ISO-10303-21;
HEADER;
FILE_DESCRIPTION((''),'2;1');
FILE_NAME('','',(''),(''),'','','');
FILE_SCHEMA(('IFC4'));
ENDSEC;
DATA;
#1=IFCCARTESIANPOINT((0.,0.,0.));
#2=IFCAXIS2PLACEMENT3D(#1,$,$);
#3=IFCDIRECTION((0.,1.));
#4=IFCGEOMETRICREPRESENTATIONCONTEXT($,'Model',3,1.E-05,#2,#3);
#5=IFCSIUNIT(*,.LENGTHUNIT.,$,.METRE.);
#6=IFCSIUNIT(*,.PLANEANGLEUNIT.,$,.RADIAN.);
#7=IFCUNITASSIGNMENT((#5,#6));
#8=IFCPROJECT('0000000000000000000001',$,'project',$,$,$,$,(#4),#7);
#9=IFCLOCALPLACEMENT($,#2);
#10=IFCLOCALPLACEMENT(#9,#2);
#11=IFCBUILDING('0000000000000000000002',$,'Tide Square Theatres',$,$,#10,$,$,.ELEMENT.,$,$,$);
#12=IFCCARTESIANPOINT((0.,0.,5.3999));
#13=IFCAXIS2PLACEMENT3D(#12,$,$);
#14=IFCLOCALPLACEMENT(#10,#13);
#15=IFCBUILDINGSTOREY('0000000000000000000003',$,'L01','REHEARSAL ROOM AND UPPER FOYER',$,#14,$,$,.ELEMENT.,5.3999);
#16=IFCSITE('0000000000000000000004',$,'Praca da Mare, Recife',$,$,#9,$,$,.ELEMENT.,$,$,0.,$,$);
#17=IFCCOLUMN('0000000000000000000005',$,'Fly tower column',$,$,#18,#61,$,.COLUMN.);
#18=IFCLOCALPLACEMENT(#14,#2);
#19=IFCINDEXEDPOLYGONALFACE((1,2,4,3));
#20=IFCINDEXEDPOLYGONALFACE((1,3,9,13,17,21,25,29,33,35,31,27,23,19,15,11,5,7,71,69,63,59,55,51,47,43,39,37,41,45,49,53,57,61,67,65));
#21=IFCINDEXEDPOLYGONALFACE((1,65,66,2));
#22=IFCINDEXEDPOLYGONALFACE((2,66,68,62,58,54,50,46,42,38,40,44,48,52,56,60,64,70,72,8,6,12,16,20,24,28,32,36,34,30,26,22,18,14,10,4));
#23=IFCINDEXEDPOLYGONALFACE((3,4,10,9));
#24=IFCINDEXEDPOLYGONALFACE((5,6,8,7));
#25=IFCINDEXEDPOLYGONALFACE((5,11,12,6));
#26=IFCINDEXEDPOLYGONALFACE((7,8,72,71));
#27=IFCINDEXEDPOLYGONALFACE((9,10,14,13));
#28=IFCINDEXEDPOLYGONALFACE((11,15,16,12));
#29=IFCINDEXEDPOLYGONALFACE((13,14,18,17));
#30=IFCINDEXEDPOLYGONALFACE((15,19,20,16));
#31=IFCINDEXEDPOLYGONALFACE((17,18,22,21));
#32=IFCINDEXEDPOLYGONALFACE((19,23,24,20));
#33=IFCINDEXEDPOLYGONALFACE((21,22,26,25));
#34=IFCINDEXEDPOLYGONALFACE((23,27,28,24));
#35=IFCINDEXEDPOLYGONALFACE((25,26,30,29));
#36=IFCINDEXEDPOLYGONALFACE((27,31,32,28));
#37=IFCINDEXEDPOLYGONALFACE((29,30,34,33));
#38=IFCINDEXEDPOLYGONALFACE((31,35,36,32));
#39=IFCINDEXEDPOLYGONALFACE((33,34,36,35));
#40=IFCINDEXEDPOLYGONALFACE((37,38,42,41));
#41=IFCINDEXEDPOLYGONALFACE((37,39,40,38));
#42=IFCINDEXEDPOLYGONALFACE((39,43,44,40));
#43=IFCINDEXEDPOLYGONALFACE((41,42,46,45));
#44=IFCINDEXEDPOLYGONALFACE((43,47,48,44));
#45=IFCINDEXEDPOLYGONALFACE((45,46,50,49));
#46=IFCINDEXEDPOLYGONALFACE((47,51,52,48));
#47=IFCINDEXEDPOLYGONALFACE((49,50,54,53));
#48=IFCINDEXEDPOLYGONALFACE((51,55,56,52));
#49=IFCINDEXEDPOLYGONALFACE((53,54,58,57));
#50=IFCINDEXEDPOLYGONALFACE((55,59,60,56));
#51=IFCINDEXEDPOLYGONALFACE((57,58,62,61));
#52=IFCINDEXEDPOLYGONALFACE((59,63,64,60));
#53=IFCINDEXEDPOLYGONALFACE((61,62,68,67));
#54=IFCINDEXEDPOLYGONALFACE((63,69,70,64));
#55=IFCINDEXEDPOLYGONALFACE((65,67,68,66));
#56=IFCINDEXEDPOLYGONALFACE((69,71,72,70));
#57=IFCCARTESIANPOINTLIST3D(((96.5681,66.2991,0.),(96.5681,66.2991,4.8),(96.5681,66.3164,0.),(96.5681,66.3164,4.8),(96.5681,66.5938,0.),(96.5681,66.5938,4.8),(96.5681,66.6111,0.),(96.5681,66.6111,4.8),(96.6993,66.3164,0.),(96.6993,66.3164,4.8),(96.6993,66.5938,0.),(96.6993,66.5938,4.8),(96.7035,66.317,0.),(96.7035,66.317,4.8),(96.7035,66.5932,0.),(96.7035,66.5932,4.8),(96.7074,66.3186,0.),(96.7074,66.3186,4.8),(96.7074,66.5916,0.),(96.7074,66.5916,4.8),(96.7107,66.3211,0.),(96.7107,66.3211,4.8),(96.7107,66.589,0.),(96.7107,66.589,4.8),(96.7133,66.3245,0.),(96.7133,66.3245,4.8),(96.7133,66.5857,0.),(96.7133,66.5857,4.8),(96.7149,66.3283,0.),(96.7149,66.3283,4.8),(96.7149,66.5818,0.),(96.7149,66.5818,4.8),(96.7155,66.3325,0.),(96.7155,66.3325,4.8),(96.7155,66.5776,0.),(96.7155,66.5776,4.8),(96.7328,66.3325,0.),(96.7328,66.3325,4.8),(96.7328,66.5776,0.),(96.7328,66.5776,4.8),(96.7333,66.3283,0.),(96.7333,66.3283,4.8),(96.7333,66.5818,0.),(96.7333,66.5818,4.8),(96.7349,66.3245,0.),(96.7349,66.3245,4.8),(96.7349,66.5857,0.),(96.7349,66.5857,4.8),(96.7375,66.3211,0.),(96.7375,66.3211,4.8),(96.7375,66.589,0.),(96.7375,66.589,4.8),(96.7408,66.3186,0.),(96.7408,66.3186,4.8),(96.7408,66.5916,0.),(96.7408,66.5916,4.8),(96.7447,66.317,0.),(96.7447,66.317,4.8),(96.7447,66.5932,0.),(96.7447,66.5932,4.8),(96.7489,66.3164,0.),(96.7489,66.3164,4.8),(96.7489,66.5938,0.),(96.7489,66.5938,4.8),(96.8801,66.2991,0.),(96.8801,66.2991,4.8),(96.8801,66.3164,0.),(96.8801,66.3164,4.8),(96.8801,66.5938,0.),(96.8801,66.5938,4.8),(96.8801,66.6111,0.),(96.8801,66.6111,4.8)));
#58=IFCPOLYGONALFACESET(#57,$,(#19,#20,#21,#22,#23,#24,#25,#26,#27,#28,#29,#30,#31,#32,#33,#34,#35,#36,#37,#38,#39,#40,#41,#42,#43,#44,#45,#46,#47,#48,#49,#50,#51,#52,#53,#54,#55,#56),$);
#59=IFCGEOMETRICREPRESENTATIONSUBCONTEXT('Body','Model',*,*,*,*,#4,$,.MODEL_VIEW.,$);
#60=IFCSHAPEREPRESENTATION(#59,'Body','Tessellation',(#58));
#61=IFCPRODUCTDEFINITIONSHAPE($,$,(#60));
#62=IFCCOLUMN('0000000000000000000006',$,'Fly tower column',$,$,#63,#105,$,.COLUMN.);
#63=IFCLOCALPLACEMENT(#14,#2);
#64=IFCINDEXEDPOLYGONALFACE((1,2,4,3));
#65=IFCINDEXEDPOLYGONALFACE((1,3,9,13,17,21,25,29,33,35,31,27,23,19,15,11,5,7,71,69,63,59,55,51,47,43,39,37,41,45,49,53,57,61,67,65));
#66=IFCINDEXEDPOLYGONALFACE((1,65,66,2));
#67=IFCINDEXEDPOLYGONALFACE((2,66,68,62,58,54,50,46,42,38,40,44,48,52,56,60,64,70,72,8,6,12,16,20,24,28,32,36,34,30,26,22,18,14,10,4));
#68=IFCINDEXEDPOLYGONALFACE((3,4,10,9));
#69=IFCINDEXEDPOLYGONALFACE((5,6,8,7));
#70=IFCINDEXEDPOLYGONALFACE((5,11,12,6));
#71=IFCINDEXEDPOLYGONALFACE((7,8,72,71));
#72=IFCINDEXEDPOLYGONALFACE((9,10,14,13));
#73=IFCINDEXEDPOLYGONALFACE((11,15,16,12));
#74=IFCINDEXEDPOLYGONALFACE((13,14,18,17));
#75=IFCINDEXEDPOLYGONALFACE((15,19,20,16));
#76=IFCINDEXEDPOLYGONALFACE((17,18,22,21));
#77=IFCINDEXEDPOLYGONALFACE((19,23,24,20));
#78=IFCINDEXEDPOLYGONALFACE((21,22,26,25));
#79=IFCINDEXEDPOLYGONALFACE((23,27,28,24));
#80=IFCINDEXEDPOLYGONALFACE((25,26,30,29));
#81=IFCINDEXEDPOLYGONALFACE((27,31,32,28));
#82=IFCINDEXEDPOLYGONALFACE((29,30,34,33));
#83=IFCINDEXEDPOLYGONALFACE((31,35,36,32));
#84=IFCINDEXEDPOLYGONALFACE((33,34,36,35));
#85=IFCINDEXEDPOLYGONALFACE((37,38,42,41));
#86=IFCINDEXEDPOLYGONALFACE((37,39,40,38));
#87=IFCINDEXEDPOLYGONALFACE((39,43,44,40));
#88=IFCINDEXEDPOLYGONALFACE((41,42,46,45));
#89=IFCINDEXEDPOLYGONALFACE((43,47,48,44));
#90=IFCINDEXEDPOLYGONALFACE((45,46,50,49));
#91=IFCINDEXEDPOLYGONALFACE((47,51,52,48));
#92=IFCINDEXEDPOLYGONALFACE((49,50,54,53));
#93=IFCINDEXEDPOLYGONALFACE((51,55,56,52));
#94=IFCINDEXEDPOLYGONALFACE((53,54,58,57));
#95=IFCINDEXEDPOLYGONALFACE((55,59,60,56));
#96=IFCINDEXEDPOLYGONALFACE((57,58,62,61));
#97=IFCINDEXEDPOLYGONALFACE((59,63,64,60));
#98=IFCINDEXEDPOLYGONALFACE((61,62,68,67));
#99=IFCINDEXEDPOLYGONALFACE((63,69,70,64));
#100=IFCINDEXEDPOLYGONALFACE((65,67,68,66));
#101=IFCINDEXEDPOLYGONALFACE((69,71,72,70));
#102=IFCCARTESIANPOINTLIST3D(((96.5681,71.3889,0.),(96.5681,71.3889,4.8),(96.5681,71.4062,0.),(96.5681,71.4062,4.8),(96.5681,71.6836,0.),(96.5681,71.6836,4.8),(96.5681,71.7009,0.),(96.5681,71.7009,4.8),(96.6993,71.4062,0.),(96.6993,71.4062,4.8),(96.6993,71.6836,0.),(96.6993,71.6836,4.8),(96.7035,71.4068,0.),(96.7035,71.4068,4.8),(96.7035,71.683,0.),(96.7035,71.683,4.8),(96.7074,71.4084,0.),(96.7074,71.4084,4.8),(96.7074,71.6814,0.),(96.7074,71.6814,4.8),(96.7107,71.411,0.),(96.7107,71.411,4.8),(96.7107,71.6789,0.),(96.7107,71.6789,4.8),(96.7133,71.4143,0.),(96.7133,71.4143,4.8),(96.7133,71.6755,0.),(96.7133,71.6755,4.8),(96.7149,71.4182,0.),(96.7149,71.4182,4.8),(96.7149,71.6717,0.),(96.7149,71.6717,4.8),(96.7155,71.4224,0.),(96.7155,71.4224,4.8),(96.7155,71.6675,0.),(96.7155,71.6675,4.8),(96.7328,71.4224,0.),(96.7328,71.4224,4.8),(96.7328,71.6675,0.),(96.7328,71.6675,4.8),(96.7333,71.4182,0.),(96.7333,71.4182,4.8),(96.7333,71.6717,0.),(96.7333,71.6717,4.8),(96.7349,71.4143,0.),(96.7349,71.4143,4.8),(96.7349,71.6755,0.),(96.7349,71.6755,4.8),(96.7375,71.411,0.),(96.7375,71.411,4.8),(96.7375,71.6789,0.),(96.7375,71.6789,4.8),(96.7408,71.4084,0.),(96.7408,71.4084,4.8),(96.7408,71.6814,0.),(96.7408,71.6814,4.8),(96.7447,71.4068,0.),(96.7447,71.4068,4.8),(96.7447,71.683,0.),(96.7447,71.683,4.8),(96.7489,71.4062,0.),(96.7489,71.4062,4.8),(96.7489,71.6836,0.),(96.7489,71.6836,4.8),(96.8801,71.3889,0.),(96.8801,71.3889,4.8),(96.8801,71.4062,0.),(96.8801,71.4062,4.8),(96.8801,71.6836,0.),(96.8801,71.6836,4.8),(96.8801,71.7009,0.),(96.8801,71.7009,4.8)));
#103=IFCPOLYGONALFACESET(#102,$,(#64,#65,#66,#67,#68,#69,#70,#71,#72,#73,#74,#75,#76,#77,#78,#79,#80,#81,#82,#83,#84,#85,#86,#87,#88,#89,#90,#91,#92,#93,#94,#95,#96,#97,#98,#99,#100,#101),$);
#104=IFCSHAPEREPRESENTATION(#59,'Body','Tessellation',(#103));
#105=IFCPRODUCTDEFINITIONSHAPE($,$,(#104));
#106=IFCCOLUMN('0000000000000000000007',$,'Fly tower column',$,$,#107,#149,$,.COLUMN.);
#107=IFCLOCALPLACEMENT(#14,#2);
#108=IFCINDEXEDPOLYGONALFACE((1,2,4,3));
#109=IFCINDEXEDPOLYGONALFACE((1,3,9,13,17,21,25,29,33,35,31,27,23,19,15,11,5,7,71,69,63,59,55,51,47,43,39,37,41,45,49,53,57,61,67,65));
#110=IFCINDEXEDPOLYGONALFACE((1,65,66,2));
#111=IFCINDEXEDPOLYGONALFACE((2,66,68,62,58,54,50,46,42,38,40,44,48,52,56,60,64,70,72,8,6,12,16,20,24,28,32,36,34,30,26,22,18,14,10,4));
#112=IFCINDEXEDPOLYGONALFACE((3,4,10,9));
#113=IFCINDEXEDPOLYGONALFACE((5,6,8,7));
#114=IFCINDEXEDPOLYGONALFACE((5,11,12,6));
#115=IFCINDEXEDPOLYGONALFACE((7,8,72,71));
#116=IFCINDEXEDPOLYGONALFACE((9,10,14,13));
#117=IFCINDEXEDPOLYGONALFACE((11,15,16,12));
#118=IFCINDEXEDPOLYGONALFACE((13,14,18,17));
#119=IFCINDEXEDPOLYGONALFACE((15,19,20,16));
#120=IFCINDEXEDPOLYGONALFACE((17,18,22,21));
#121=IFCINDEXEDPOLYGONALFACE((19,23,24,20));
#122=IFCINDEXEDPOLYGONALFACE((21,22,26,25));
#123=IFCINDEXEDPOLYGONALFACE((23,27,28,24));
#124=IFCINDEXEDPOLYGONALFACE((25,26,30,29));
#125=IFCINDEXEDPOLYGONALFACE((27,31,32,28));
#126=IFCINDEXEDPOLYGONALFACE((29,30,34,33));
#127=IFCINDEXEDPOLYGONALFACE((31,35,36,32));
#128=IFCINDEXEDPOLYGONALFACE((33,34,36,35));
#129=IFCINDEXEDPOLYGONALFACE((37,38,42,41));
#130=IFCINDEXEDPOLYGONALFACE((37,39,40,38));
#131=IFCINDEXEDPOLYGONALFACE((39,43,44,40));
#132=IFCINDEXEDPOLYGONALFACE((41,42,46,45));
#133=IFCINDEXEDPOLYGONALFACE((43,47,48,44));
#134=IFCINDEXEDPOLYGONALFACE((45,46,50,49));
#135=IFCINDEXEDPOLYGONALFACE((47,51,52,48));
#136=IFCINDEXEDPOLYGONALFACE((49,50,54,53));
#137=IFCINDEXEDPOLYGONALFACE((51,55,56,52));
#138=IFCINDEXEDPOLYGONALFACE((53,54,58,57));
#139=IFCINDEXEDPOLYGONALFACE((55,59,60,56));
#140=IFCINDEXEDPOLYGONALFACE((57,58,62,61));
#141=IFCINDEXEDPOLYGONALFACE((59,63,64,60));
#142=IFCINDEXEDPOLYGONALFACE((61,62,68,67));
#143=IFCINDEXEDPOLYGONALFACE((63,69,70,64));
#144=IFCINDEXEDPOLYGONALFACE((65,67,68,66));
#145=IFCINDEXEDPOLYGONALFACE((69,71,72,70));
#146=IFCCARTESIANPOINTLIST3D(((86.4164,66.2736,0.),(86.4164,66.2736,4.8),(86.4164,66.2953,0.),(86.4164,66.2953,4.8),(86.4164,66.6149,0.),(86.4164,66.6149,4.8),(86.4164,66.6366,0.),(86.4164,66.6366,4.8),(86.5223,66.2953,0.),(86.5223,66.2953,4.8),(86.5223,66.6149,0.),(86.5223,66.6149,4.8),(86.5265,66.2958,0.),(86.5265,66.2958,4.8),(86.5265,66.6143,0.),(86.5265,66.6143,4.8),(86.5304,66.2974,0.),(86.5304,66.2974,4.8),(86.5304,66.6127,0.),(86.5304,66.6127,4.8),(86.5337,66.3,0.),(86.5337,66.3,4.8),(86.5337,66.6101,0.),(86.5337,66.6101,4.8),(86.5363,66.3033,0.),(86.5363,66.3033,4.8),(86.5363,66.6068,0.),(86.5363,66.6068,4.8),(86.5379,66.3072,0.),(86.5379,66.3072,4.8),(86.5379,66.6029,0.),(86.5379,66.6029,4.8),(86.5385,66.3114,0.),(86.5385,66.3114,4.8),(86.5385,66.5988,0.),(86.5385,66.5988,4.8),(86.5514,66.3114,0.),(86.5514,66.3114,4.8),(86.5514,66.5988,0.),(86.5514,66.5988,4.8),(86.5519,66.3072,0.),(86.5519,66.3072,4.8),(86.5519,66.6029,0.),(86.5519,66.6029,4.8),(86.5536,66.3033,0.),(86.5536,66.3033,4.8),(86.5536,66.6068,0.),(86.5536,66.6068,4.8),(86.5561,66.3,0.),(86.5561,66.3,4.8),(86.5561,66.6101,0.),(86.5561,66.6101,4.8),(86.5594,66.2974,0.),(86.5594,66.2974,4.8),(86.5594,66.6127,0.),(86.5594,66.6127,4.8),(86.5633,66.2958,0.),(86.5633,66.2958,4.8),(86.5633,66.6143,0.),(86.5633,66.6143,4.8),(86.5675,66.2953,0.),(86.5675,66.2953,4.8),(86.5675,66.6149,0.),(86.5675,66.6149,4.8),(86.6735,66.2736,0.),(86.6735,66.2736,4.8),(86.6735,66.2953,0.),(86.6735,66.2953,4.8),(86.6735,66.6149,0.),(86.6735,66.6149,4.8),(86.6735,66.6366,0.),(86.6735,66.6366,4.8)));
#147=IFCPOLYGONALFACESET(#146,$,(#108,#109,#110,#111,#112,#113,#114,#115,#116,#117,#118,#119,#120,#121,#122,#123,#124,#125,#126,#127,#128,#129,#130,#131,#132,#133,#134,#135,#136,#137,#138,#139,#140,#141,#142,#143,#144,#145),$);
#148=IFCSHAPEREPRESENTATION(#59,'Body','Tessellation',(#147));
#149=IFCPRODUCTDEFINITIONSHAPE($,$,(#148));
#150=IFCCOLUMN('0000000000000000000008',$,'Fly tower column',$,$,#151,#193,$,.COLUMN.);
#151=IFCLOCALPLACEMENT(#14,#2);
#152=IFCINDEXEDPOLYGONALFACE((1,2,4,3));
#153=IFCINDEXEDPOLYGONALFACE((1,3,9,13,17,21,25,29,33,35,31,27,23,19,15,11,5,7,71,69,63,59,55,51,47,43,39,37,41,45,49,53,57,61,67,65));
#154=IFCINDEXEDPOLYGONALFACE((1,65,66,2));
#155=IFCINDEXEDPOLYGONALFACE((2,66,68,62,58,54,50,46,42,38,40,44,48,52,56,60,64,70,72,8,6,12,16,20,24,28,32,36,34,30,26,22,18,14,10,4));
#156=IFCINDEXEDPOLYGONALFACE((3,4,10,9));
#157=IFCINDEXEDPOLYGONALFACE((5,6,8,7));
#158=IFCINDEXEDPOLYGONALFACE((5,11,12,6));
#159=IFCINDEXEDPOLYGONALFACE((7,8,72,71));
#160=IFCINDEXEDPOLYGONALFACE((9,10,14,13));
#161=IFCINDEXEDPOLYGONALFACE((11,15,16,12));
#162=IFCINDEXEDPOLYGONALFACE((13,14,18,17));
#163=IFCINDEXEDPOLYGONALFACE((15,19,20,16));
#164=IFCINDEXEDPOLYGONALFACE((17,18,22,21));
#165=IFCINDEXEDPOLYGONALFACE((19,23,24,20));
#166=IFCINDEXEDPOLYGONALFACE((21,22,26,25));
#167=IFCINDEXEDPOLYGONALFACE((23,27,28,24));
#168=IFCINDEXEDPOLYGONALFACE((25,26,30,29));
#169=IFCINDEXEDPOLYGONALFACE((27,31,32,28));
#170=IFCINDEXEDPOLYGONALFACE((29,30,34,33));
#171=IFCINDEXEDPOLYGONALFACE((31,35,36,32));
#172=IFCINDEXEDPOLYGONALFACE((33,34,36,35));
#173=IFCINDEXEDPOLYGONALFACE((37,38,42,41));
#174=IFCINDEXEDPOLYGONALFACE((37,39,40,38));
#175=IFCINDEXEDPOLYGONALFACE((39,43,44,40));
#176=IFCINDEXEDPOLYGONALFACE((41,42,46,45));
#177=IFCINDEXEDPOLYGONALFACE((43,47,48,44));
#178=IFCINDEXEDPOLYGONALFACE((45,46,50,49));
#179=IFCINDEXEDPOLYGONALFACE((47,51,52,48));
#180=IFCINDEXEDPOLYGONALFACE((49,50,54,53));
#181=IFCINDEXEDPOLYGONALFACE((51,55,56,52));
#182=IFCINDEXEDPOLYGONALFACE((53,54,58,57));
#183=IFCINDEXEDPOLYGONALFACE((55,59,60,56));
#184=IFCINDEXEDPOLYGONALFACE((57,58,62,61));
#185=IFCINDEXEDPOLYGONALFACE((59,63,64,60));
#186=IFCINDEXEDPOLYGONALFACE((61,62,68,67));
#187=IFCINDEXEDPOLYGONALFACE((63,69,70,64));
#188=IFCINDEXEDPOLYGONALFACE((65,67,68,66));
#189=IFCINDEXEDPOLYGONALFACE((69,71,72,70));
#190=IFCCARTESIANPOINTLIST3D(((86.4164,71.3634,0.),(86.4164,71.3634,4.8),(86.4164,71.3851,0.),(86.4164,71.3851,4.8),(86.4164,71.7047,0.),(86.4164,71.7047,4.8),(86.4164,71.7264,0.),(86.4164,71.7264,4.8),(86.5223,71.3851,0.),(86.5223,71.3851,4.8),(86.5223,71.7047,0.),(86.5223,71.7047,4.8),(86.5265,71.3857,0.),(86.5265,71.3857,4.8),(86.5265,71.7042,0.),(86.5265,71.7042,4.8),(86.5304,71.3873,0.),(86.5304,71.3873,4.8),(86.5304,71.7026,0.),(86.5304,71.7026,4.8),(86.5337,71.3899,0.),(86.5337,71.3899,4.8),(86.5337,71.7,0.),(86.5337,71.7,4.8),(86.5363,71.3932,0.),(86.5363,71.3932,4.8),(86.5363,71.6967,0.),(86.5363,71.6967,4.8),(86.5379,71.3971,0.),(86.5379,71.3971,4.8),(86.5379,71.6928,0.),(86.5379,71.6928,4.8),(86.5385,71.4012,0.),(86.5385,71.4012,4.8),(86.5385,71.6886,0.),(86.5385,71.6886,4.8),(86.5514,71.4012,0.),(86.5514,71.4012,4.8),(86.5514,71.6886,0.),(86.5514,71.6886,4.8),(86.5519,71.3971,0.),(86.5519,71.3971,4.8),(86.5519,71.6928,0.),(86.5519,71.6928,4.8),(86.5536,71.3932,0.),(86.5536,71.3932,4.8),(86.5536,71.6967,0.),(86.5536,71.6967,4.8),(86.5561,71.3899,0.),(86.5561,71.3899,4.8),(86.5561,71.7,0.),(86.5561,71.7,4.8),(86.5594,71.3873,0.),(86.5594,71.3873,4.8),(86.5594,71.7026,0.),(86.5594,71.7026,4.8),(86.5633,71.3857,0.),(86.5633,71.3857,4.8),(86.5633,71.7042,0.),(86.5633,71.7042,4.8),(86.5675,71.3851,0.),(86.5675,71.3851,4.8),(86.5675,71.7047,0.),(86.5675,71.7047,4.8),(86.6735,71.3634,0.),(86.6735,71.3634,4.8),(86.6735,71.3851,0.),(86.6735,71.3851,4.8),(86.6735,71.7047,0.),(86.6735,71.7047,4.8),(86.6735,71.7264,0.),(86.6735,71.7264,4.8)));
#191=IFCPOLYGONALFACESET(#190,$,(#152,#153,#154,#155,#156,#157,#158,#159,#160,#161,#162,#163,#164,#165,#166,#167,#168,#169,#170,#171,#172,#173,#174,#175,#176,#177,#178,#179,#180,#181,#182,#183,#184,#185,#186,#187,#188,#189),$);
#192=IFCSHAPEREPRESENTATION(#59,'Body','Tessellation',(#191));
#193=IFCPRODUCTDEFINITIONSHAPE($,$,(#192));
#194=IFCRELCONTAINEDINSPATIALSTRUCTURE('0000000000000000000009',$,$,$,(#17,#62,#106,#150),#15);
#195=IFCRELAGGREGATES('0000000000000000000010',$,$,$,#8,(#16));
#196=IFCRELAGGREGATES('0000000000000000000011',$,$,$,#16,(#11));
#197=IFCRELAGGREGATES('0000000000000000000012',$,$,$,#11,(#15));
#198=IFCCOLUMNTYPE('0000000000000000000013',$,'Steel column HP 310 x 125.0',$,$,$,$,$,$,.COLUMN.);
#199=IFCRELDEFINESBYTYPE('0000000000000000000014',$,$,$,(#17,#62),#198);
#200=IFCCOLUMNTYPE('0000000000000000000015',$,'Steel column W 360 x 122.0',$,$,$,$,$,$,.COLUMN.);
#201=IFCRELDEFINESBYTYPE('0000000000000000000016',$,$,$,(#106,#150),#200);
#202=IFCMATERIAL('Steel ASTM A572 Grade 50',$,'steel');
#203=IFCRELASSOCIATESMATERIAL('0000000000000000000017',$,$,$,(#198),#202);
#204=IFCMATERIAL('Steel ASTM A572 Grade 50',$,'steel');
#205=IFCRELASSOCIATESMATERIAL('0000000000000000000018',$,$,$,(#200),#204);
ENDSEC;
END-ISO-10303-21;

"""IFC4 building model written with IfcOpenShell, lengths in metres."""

from ifc_helpers import new_model, si_unit, direction, frame, origin, origin_2d, place, context, subcontext, project, spatial, i_section, extrude, material, material_profile, profile_set, type_object, element, save


model = new_model("IFC4")

# Units and contexts
model_context = context("Model", 3, precision=1e-05, world=origin(), true_north=direction((0.0, 1.0)))
body_context = subcontext(model_context, "Body", "Model", "MODEL_VIEW")
ifc_project = project(units=[si_unit("LENGTHUNIT", "METRE"), si_unit("PLANEANGLEUNIT", "RADIAN")], contexts=[model_context])

# Site, building, storey
site_placement = place(None, origin())
site = spatial("IfcSite", under=ifc_project, at=site_placement, Name="Praca da Mare, Recife", CompositionType="ELEMENT", RefElevation=0.0)
building_placement = place(site_placement, origin())
building = spatial("IfcBuilding", under=site, at=building_placement, Name="Tide Square Theatres", CompositionType="ELEMENT")
storey_placement = place(building_placement, frame((0.0, 0.0, 5.3999)))
storey = spatial("IfcBuildingStorey", under=building, at=storey_placement, Name="L01", Description="REHEARSAL ROOM AND UPPER FOYER", CompositionType="ELEMENT", Elevation=5.3999)

# Columns
ifc_material_1 = material(Name="Steel ASTM A572 Grade 50", Category="steel")
ifc_material_profile_1 = material_profile(ifc_material_1, i_section(OverallWidth=0.312, OverallDepth=0.312, WebThickness=0.0173, FlangeThickness=0.0173, FilletRadius=0.0161, at=origin_2d()))
ifc_profile_set_1 = profile_set([ifc_material_profile_1], Name="Steel ASTM A572 Grade 50")
column_type_1 = type_object("IfcColumnType", Name="Steel column HP 310 x 125.0", PredefinedType="COLUMN", material=ifc_profile_set_1)
for number, where, z_axis, x_axis, name in (
    (1, (96.7241, 66.4551, 0.0), (0.0, 0.0, 1.0), (1.0, 0.0, 0.0), "Fly tower column"),
    (2, (96.7241, 71.5449, 0.0), (0.0, 0.0, 1.0), (1.0, 0.0, 0.0), "Fly tower column"),
):
    element("IfcColumn", number, at=place(storey_placement, frame(where, z_axis=z_axis, x_axis=x_axis)), inside=storey, type_object=column_type_1, Name=name, PredefinedType="COLUMN", context=body_context, shape_type="SweptSolid", body=[
        extrude(i_section(OverallWidth=0.312, OverallDepth=0.312, WebThickness=0.0173, FlangeThickness=0.0173, FilletRadius=0.0161, at=origin_2d()), origin(), (0.0, 0.0, 1.0), 4.8),
    ])
ifc_material_2 = material(Name="Steel ASTM A572 Grade 50", Category="steel")
ifc_material_profile_2 = material_profile(ifc_material_2, i_section(OverallWidth=0.2571, OverallDepth=0.363, WebThickness=0.0129, FlangeThickness=0.0217, FilletRadius=0.0161, at=origin_2d()))
ifc_profile_set_2 = profile_set([ifc_material_profile_2], Name="Steel ASTM A572 Grade 50")
column_type_2 = type_object("IfcColumnType", Name="Steel column W 360 x 122.0", PredefinedType="COLUMN", material=ifc_profile_set_2)
for number, where, z_axis, x_axis, name in (
    (3, (86.5449, 66.4551, 0.0), (0.0, 0.0, 1.0), (1.0, 0.0, 0.0), "Fly tower column"),
    (4, (86.5449, 71.5449, 0.0), (0.0, 0.0, 1.0), (1.0, 0.0, 0.0), "Fly tower column"),
):
    element("IfcColumn", number, at=place(storey_placement, frame(where, z_axis=z_axis, x_axis=x_axis)), inside=storey, type_object=column_type_2, Name=name, PredefinedType="COLUMN", context=body_context, shape_type="SweptSolid", body=[
        extrude(i_section(OverallWidth=0.2571, OverallDepth=0.363, WebThickness=0.0129, FlangeThickness=0.0217, FilletRadius=0.0161, at=origin_2d()), origin(), (0.0, 0.0, 1.0), 4.8),
    ])

save(model, "model.ifc")
